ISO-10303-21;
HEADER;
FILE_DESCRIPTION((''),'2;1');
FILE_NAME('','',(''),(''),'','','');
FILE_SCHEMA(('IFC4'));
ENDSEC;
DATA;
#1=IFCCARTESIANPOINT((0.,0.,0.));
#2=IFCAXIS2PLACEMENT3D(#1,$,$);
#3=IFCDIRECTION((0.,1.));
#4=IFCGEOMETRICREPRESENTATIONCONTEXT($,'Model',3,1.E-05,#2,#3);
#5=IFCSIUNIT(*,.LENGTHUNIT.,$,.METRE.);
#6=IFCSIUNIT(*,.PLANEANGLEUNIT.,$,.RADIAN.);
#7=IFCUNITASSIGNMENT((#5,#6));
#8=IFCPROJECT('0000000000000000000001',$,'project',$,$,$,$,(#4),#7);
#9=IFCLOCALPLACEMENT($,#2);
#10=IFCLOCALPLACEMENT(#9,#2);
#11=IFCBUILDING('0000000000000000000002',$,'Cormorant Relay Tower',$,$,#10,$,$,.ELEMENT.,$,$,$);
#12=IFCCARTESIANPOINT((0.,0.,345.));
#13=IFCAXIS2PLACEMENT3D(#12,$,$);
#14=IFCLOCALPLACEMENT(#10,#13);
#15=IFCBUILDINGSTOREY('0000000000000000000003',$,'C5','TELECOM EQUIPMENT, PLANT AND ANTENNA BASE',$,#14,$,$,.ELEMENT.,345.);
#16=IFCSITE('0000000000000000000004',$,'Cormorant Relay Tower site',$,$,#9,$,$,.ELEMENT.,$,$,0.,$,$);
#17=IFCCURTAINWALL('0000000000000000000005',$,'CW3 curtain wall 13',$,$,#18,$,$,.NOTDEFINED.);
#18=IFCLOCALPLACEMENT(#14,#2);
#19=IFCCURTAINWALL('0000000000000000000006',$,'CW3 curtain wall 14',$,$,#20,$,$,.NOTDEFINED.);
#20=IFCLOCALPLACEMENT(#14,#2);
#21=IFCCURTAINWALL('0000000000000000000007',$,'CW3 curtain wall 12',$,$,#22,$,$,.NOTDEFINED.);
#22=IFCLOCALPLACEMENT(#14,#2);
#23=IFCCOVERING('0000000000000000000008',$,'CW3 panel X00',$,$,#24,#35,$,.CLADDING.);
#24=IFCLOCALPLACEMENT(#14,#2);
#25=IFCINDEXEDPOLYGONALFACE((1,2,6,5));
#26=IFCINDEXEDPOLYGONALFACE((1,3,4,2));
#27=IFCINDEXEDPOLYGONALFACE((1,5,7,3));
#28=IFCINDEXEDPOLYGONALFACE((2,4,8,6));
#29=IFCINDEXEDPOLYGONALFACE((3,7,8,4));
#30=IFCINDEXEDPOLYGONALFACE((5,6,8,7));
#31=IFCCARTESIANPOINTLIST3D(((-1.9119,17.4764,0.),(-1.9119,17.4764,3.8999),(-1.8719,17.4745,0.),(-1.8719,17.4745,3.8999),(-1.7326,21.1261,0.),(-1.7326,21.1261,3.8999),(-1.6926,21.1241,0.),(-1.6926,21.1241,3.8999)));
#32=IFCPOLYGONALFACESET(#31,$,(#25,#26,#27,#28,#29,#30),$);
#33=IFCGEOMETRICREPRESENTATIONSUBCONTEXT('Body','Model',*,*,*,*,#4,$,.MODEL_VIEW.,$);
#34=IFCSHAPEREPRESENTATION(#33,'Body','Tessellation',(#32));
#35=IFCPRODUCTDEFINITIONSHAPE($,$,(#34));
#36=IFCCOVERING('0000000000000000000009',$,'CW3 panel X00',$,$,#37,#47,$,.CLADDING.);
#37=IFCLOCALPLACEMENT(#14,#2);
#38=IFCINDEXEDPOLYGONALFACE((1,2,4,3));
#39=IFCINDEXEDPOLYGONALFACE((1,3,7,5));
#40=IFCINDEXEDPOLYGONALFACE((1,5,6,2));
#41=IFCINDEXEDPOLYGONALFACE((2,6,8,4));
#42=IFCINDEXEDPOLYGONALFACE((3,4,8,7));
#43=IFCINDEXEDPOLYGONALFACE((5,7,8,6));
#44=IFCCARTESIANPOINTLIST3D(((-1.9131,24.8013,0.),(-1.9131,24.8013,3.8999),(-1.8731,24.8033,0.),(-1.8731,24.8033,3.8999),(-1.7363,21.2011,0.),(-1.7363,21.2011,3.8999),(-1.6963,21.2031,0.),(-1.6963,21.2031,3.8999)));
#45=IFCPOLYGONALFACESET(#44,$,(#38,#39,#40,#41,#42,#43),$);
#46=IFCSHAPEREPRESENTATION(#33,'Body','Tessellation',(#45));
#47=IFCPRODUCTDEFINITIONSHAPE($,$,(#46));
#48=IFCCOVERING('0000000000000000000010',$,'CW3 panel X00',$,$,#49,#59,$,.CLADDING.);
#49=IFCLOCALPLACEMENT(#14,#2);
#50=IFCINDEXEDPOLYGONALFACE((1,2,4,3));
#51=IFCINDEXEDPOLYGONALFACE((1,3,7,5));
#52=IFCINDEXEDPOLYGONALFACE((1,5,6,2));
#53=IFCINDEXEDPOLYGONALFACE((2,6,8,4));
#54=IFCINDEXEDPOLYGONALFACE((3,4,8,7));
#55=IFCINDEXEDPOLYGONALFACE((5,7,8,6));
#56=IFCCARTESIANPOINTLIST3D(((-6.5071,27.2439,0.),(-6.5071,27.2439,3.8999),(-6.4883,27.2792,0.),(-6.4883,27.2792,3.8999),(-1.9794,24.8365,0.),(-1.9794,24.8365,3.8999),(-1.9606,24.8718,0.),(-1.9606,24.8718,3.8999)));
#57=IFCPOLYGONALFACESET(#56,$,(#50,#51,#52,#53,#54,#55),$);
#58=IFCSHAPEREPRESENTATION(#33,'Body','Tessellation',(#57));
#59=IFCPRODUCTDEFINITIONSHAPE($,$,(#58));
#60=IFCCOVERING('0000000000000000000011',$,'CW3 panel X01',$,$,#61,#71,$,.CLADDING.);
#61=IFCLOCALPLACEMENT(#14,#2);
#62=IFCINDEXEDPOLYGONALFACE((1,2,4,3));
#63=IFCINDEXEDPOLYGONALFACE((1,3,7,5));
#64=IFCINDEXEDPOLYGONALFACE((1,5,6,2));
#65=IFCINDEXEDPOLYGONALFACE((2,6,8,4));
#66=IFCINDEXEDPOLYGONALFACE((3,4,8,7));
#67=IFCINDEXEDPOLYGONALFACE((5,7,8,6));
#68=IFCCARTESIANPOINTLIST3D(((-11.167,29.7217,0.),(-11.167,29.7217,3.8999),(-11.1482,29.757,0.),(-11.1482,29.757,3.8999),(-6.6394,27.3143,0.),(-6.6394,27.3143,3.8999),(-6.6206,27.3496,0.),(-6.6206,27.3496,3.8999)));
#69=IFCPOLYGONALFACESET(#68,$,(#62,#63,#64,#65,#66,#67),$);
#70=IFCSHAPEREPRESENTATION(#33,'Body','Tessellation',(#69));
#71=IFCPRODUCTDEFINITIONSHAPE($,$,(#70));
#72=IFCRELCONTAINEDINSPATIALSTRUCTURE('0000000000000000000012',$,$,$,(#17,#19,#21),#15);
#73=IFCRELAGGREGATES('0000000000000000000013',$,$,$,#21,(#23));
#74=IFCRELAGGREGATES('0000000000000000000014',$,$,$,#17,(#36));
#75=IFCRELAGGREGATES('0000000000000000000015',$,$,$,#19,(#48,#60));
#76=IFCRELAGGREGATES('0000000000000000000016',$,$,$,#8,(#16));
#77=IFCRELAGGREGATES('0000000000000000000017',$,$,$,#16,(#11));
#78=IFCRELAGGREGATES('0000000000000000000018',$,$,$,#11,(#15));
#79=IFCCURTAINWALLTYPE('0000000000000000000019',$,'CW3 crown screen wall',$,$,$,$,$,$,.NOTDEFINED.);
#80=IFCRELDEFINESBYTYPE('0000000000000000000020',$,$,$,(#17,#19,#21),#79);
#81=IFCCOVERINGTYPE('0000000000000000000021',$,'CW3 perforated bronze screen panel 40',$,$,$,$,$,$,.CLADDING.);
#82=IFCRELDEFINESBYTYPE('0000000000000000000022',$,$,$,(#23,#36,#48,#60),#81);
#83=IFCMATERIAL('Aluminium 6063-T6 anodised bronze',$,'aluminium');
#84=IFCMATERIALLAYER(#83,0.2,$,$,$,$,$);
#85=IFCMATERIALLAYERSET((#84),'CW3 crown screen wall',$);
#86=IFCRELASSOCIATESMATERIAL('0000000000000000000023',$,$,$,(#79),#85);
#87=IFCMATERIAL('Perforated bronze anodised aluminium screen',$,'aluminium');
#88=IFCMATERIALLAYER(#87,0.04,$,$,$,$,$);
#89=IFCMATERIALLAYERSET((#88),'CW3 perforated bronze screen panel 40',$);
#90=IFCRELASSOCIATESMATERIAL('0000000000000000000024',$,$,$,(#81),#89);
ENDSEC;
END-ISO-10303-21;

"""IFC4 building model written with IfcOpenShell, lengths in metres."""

from ifc_helpers import new_model, si_unit, direction, frame, origin, origin_2d, place, context, subcontext, project, spatial, rectangle, extrude, material, layer, layer_set, type_object, element, aggregate, save


model = new_model("IFC4")

# Units and contexts
model_context = context("Model", 3, precision=1e-05, world=origin(), true_north=direction((0.0, 1.0)))
body_context = subcontext(model_context, "Body", "Model", "MODEL_VIEW")
ifc_project = project(units=[si_unit("LENGTHUNIT", "METRE"), si_unit("PLANEANGLEUNIT", "RADIAN")], contexts=[model_context])

# Site, building, storey
site_placement = place(None, origin())
site = spatial("IfcSite", under=ifc_project, at=site_placement, Name="Cormorant Relay Tower site", CompositionType="ELEMENT", RefElevation=0.0)
building_placement = place(site_placement, origin())
building = spatial("IfcBuilding", under=site, at=building_placement, Name="Cormorant Relay Tower", CompositionType="ELEMENT")
storey_placement = place(building_placement, frame((0.0, 0.0, 345.0)))
storey = spatial("IfcBuildingStorey", under=building, at=storey_placement, Name="C5", Description="TELECOM EQUIPMENT, PLANT AND ANTENNA BASE", CompositionType="ELEMENT", Elevation=345.0)

# Curtain wall
ifc_material_1 = material(Name="Aluminium 6063-T6 anodised bronze", Category="aluminium")
ifc_layer_1 = layer(ifc_material_1, 0.2)
ifc_layer_set_1 = layer_set([ifc_layer_1], Name="CW3 crown screen wall")
curtain_wall_type = type_object("IfcCurtainWallType", Name="CW3 crown screen wall", PredefinedType="NOTDEFINED", material=ifc_layer_set_1)
curtain_wall_1_placement = place(storey_placement, origin())
curtain_wall_1 = element("IfcCurtainWall", 1, at=curtain_wall_1_placement, inside=storey, type_object=curtain_wall_type, Name="CW3 curtain wall 13", PredefinedType="NOTDEFINED")

# Curtain wall
curtain_wall_2_placement = place(storey_placement, origin())
curtain_wall_2 = element("IfcCurtainWall", 2, at=curtain_wall_2_placement, inside=storey, type_object=curtain_wall_type, Name="CW3 curtain wall 14", PredefinedType="NOTDEFINED")

# Curtain wall, covering
curtain_wall_3_placement = place(storey_placement, origin())
curtain_wall_3 = element("IfcCurtainWall", 3, at=curtain_wall_3_placement, inside=storey, type_object=curtain_wall_type, Name="CW3 curtain wall 12", PredefinedType="NOTDEFINED")
ifc_material_2 = material(Name="Perforated bronze anodised aluminium screen", Category="aluminium")
ifc_layer_2 = layer(ifc_material_2, 0.04)
ifc_layer_set_2 = layer_set([ifc_layer_2], Name="CW3 perforated bronze screen panel 40")
covering_type = type_object("IfcCoveringType", Name="CW3 perforated bronze screen panel 40", PredefinedType="CLADDING", material=ifc_layer_set_2)
covering_1_placement = place(storey_placement, frame((-1.8022, 19.3003, 0.0), z_axis=(0.0, 0.0, 1.0), x_axis=(0.049068, 0.998795, 0.0)))
covering_1 = element("IfcCovering", 4, at=covering_1_placement, type_object=covering_type, Name="CW3 panel X00", PredefinedType="CLADDING", context=body_context, shape_type="SweptSolid", body=[
    extrude(rectangle(XDim=3.6541, YDim=0.04, at=origin_2d()), origin(), (0.0, 0.0, 1.0), 3.8999),
])
aggregate(curtain_wall_3, [covering_1])

# Coverings
covering_2_placement = place(storey_placement, frame((-1.8047, 23.0022, 0.0), z_axis=(0.0, 0.0, 1.0), x_axis=(-0.049068, 0.998795, 0.0)))
covering_2 = element("IfcCovering", 5, at=covering_2_placement, type_object=covering_type, Name="CW3 panel X00", PredefinedType="CLADDING", context=body_context, shape_type="SweptSolid", body=[
    extrude(rectangle(XDim=3.6045, YDim=0.04, at=origin_2d()), origin(), (0.0, 0.0, 1.0), 3.8999),
])
aggregate(curtain_wall_1, [covering_2])
covering_3_placement = place(storey_placement, frame((-4.2339, 26.0579, 0.0), z_axis=(0.0, 0.0, 1.0), x_axis=(-0.882948, 0.469472, 0.0)))
covering_3 = element("IfcCovering", 6, at=covering_3_placement, type_object=covering_type, Name="CW3 panel X00", PredefinedType="CLADDING", context=body_context, shape_type="SweptSolid", body=[
    extrude(rectangle(XDim=5.1279, YDim=0.04, at=origin_2d()), origin(), (0.0, 0.0, 1.0), 3.8999),
])
covering_4_placement = place(storey_placement, frame((-8.8938, 28.5356, 0.0), z_axis=(0.0, 0.0, 1.0), x_axis=(-0.882948, 0.469472, 0.0)))
covering_4 = element("IfcCovering", 7, at=covering_4_placement, type_object=covering_type, Name="CW3 panel X01", PredefinedType="CLADDING", context=body_context, shape_type="SweptSolid", body=[
    extrude(rectangle(XDim=5.1279, YDim=0.04, at=origin_2d()), origin(), (0.0, 0.0, 1.0), 3.8999),
])
aggregate(curtain_wall_2, [covering_3, covering_4])

save(model, "model.ifc")
